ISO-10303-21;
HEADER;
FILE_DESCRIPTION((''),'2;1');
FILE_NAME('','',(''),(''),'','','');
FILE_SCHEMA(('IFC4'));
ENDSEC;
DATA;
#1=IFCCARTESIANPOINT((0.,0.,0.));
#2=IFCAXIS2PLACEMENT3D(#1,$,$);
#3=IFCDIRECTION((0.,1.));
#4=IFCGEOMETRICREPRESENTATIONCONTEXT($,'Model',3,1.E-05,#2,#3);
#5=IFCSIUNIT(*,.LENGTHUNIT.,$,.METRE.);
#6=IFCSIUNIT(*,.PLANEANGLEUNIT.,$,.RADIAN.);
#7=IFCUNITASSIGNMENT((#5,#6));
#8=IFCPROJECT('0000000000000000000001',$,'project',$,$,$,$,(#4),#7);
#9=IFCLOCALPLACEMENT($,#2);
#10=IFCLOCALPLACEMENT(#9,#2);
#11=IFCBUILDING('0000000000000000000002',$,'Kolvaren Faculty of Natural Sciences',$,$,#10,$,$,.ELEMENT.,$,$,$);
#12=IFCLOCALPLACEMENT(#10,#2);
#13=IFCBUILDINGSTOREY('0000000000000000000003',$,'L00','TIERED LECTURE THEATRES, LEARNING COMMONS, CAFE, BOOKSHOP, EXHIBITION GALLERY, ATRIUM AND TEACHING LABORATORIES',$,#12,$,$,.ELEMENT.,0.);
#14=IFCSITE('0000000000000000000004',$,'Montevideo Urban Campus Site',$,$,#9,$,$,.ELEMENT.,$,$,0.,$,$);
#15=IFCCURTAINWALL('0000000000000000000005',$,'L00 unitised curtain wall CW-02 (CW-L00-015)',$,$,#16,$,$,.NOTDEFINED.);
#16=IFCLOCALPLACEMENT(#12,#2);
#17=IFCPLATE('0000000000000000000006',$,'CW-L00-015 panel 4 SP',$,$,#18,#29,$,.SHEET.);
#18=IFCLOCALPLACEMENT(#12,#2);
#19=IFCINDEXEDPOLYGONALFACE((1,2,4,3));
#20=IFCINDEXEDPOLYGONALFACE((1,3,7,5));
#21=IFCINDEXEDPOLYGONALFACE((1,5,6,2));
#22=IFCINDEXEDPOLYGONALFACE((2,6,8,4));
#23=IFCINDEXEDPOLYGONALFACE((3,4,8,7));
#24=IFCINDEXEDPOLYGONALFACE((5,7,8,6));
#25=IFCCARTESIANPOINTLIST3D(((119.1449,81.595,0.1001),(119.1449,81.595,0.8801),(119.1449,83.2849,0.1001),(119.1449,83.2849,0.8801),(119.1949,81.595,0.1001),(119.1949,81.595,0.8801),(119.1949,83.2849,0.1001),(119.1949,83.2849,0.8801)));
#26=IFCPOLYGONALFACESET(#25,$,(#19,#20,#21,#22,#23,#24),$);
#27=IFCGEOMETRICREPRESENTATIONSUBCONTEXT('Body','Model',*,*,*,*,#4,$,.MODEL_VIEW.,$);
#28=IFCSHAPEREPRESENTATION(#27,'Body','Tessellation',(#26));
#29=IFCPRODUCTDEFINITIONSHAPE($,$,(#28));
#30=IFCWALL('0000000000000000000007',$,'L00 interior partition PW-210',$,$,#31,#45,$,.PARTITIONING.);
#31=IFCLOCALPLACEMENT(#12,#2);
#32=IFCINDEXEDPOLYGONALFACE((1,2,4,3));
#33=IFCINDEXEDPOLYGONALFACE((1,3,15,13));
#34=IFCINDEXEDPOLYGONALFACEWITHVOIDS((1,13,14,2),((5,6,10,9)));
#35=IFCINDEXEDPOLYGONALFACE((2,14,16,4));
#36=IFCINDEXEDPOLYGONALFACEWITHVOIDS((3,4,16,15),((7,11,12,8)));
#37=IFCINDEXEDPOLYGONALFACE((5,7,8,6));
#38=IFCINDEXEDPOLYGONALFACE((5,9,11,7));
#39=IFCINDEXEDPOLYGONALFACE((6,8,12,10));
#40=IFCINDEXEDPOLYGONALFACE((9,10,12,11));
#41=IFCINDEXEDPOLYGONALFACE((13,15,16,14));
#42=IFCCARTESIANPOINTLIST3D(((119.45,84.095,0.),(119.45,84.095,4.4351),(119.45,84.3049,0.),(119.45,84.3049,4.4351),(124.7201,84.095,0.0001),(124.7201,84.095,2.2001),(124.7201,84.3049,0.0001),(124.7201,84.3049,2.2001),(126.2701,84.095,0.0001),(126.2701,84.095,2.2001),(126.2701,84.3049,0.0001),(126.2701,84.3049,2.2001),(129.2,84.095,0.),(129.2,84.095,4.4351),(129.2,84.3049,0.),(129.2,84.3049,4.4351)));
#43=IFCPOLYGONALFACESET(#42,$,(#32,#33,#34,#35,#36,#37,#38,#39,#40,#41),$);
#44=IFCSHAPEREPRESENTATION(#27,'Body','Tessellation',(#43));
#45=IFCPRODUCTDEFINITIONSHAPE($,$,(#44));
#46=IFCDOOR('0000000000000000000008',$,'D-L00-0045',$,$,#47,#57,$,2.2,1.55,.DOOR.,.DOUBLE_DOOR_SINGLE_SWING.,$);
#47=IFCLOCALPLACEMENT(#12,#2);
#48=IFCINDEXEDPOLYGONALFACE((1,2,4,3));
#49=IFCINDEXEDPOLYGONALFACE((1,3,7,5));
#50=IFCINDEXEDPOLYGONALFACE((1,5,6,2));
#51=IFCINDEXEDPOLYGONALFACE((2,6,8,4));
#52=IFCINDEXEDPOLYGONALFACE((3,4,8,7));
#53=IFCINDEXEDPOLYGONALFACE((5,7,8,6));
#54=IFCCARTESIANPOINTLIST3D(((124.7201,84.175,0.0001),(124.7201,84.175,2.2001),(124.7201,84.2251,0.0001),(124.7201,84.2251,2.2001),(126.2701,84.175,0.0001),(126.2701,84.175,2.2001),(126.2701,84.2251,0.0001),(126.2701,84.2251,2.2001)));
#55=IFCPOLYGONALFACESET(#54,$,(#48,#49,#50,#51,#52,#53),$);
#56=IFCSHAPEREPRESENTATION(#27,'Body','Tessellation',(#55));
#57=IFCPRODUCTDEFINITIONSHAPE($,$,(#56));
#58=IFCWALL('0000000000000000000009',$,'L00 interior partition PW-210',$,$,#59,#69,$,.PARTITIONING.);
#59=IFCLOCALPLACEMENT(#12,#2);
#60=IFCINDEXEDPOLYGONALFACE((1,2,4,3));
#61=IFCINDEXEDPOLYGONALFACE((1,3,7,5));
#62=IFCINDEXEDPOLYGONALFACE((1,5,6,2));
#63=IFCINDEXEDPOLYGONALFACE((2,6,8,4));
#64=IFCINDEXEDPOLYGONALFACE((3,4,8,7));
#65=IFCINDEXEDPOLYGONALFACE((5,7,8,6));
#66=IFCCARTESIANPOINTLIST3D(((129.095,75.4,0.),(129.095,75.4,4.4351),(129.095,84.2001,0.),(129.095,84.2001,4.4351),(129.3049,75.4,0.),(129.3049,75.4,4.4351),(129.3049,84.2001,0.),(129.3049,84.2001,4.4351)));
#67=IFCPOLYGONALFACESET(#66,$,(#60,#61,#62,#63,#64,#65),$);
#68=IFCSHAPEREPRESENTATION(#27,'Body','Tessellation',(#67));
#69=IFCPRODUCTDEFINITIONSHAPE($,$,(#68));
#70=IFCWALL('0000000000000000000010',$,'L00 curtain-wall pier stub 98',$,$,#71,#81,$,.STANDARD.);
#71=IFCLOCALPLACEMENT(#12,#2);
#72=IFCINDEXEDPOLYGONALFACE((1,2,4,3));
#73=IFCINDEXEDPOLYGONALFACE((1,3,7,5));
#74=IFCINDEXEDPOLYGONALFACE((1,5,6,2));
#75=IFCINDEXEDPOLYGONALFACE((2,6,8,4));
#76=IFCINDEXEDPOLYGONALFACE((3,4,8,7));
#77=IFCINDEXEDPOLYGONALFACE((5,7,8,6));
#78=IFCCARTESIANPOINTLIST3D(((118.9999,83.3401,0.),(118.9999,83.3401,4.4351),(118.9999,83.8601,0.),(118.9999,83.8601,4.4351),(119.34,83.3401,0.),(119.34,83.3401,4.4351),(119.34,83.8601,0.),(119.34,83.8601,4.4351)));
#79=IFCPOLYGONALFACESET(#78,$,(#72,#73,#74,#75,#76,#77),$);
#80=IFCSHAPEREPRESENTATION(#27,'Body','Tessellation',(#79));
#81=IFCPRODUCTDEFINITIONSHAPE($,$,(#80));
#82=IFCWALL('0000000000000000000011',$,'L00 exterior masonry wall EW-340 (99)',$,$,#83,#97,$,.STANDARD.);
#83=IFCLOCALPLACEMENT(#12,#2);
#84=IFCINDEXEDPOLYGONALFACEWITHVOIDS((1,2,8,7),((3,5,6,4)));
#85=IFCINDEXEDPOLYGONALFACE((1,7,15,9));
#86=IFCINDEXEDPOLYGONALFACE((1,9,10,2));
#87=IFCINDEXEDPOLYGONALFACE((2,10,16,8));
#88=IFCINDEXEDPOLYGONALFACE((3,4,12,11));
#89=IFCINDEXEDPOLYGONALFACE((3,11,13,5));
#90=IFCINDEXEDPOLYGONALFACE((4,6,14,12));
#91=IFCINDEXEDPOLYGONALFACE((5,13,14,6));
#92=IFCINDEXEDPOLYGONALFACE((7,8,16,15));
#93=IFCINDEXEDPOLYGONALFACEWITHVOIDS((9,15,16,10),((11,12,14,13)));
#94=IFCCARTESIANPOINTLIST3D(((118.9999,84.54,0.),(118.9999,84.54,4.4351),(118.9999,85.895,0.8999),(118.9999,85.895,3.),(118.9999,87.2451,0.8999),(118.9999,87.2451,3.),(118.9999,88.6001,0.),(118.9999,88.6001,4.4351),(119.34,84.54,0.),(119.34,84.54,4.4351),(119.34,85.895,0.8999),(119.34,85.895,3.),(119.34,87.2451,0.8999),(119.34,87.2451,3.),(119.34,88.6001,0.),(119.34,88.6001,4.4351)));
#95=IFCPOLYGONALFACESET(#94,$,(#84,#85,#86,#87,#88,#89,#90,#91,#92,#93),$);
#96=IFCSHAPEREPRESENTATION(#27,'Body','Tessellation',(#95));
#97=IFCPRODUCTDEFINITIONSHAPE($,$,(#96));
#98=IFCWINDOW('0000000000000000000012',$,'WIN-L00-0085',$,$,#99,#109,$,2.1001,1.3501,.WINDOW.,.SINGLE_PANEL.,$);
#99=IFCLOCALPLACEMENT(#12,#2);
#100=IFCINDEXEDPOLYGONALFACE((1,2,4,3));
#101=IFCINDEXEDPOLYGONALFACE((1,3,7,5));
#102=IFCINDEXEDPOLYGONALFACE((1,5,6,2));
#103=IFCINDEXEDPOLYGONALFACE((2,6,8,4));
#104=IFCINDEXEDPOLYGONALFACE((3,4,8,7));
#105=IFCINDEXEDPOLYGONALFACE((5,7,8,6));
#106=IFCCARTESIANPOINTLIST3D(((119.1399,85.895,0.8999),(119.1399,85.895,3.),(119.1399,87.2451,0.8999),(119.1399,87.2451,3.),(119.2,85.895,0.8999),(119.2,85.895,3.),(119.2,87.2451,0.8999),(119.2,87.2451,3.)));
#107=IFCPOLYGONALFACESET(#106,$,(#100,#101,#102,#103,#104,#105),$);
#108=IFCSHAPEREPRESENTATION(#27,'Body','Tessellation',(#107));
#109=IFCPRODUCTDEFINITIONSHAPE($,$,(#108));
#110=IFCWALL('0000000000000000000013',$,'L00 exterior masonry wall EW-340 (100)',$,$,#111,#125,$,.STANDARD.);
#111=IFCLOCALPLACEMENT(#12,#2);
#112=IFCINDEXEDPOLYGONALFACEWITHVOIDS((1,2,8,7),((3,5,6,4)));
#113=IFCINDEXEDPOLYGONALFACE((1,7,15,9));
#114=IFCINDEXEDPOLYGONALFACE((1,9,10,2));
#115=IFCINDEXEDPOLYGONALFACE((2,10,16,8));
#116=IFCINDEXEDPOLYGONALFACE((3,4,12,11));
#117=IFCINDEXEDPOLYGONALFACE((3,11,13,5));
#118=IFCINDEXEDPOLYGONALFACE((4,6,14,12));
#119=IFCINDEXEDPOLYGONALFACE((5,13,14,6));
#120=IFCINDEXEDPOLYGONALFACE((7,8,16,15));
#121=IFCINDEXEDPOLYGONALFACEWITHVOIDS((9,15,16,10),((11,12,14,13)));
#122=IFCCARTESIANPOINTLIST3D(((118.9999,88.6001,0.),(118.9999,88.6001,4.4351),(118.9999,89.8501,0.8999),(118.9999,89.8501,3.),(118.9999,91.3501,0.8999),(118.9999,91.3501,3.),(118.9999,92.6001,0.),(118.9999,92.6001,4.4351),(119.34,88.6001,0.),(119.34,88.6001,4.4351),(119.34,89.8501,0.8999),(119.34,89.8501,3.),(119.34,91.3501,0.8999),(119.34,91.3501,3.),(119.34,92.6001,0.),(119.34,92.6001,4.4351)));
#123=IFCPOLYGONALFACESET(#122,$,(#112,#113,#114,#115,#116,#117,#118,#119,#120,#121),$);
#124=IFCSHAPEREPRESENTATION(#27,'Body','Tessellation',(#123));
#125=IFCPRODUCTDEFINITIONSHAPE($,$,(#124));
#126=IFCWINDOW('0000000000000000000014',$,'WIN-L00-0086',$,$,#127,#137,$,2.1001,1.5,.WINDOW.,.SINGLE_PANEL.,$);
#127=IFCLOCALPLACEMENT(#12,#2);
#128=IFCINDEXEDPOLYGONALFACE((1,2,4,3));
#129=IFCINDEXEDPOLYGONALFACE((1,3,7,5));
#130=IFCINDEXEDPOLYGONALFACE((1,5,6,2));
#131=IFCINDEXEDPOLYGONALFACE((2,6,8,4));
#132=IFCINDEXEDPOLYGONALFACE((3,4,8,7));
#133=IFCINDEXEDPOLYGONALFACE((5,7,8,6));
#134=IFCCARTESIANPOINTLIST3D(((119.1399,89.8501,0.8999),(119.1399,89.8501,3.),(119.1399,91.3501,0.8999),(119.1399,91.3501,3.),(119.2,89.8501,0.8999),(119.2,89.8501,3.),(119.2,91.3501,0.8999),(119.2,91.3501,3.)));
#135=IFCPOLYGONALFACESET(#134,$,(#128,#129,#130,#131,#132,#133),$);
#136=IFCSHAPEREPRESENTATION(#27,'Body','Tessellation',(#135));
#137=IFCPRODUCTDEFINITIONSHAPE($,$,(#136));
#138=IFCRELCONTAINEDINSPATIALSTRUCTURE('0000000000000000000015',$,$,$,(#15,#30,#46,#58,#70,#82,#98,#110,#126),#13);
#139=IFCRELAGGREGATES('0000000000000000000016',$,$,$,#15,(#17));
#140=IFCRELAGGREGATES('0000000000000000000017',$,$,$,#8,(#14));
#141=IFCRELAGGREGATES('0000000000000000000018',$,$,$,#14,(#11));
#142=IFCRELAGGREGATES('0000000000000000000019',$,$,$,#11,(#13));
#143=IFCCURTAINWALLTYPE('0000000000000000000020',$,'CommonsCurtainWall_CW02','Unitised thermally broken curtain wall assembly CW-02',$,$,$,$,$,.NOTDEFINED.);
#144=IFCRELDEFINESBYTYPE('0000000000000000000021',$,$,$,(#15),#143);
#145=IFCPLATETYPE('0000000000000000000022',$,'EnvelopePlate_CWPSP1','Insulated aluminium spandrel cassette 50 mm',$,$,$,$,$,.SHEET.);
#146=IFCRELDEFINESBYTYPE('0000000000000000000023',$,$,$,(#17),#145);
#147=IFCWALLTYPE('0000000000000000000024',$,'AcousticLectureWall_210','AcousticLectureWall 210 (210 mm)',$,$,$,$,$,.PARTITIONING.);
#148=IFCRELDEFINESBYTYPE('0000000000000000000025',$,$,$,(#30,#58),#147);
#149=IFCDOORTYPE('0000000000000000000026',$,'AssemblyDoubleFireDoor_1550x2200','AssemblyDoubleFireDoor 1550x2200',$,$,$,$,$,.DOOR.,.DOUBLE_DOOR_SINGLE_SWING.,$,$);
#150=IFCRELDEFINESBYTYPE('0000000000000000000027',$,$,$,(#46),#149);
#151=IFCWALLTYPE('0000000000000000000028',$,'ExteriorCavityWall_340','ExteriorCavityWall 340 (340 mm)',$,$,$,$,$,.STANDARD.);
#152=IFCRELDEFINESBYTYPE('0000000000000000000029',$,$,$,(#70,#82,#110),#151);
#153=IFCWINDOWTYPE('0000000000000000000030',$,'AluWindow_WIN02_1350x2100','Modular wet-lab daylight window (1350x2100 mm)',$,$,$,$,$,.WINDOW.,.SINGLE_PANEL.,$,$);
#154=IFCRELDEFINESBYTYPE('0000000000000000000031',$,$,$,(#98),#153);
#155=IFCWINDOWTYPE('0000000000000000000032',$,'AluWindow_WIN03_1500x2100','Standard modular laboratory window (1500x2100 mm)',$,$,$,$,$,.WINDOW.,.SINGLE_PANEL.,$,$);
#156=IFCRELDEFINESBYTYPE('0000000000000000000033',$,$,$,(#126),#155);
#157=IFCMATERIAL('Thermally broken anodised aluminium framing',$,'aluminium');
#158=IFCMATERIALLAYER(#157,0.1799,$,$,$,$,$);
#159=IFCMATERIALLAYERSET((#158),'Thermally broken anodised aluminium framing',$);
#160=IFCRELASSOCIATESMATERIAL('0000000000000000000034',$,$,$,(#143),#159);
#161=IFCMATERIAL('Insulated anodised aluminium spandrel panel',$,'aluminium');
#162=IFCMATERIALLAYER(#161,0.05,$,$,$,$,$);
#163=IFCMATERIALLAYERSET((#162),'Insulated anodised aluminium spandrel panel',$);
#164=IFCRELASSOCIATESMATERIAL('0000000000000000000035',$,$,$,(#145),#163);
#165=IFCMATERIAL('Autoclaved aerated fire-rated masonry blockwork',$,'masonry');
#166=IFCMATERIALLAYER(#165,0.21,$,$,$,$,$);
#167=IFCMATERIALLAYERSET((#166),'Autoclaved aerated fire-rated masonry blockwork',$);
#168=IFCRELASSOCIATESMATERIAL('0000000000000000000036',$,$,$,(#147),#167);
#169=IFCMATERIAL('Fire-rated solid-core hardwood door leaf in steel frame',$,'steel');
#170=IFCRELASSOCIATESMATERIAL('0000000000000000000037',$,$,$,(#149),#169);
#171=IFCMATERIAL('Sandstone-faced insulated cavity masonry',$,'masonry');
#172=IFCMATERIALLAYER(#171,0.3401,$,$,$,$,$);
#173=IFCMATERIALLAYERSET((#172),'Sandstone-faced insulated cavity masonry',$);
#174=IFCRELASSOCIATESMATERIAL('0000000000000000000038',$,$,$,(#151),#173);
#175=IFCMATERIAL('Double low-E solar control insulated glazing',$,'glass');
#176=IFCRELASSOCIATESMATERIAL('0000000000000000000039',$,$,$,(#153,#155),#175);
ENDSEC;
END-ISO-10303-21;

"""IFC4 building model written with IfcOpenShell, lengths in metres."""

from ifc_helpers import new_model, si_unit, direction, frame, frame_2d, origin, origin_2d, place, context, subcontext, project, spatial, rectangle, extrude, material, layer, layer_set, type_object, element, fill, aggregate, save


model = new_model("IFC4")

# Units and contexts
model_context = context("Model", 3, precision=1e-05, world=origin(), true_north=direction((0.0, 1.0)))
body_context = subcontext(model_context, "Body", "Model", "MODEL_VIEW")
ifc_project = project(units=[si_unit("LENGTHUNIT", "METRE"), si_unit("PLANEANGLEUNIT", "RADIAN")], contexts=[model_context])

# Site, building, storey
site_placement = place(None, origin())
site = spatial("IfcSite", under=ifc_project, at=site_placement, Name="Montevideo Urban Campus Site", CompositionType="ELEMENT", RefElevation=0.0)
building_placement = place(site_placement, origin())
building = spatial("IfcBuilding", under=site, at=building_placement, Name="Kolvaren Faculty of Natural Sciences", CompositionType="ELEMENT")
storey_placement = place(building_placement, origin())
storey = spatial("IfcBuildingStorey", under=building, at=storey_placement, Name="L00", Description="TIERED LECTURE THEATRES, LEARNING COMMONS, CAFE, BOOKSHOP, EXHIBITION GALLERY, ATRIUM AND TEACHING LABORATORIES", CompositionType="ELEMENT", Elevation=0.0)

# Curtain wall
ifc_material_1 = material(Name="Thermally broken anodised aluminium framing", Category="aluminium")
ifc_layer_1 = layer(ifc_material_1, 0.1799)
ifc_layer_set_1 = layer_set([ifc_layer_1], Name="Thermally broken anodised aluminium framing")
curtain_wall_type = type_object("IfcCurtainWallType", Name="CommonsCurtainWall_CW02", Description="Unitised thermally broken curtain wall assembly CW-02", PredefinedType="NOTDEFINED", material=ifc_layer_set_1)
curtain_wall_placement = place(storey_placement, origin())
curtain_wall = element("IfcCurtainWall", 1, at=curtain_wall_placement, inside=storey, type_object=curtain_wall_type, Name="L00 unitised curtain wall CW-02 (CW-L00-015)", PredefinedType="NOTDEFINED")

# Plate
ifc_material_2 = material(Name="Double low-E solar control insulated glazing", Category="glass")
ifc_material_3 = material(Name="Insulated anodised aluminium spandrel panel", Category="aluminium")
ifc_layer_2 = layer(ifc_material_3, 0.05)
ifc_layer_set_2 = layer_set([ifc_layer_2], Name="Insulated anodised aluminium spandrel panel")
plate_type_1 = type_object("IfcPlateType", Name="EnvelopePlate_CWPSP1", Description="Insulated aluminium spandrel cassette 50 mm", PredefinedType="SHEET", material=ifc_layer_set_2)
plate_1_placement = place(storey_placement, frame((119.1699, 82.4399, 0.1001), z_axis=(0.0, 0.0, 1.0), x_axis=(0.0, 1.0, 0.0)))
plate_1 = element("IfcPlate", 2, at=plate_1_placement, type_object=plate_type_1, Name="CW-L00-015 panel 4 SP", PredefinedType="SHEET", context=body_context, shape_type="SweptSolid", body=[
    extrude(rectangle(XDim=1.6899, YDim=0.05, at=origin_2d()), origin(), (0.0, 0.0, 1.0), 0.78),
])
aggregate(curtain_wall, [plate_1])

# Wall, opening, door
ifc_material_4 = material(Name="Autoclaved aerated fire-rated masonry blockwork", Category="masonry")
ifc_layer_3 = layer(ifc_material_4, 0.21)
ifc_layer_set_3 = layer_set([ifc_layer_3], Name="Autoclaved aerated fire-rated masonry blockwork")
wall_type_1 = type_object("IfcWallType", Name="AcousticLectureWall_210", Description="AcousticLectureWall 210 (210 mm)", PredefinedType="PARTITIONING", material=ifc_layer_set_3)
wall_1_placement = place(storey_placement, frame((129.2, 84.2, 0.0), z_axis=(0.0, 0.0, 1.0), x_axis=(-1.0, 0.0, 0.0)))
wall_1 = element("IfcWall", 3, at=wall_1_placement, inside=storey, type_object=wall_type_1, Name="L00 interior partition PW-210", PredefinedType="PARTITIONING", context=body_context, shape_type="SweptSolid", body=[
    extrude(rectangle(XDim=9.75, YDim=0.21, at=frame_2d((4.875, 0.0))), origin(), (0.0, 0.0, 1.0), 4.4351),
])
opening_1_placement = place(wall_1_placement, frame((2.9299, 0.0, 0.0)))
opening_1 = element("IfcOpeningElement", 4, at=opening_1_placement, cuts=wall_1, PredefinedType="OPENING", context=body_context, shape_type="SweptSolid", body=[
    extrude(rectangle(XDim=1.55, YDim=2.2, at=frame_2d((0.7749, 1.1001))), frame((0.0, 0.115, 0.0), z_axis=(0.0, -1.0, 0.0), x_axis=(1.0, 0.0, 0.0)), (0.0, 0.0, 1.0), 0.23),
])
ifc_material_5 = material(Name="Fire-rated solid-core hardwood door leaf in steel frame", Category="steel")
door_type = type_object("IfcDoorType", Name="AssemblyDoubleFireDoor_1550x2200", Description="AssemblyDoubleFireDoor 1550x2200", OperationType="DOUBLE_DOOR_SINGLE_SWING", PredefinedType="DOOR", material=ifc_material_5)
door_placement = place(opening_1_placement, origin())
door = element("IfcDoor", 5, at=door_placement, inside=storey, type_object=door_type, Name="D-L00-0045", OperationType="DOUBLE_DOOR_SINGLE_SWING", OverallHeight=2.2, OverallWidth=1.55, PredefinedType="DOOR", context=body_context, shape_type="SweptSolid", body=[
    extrude(rectangle(XDim=1.55, YDim=2.2, at=frame_2d((0.7749, 1.1001))), frame((0.0, 0.0249, 0.0), z_axis=(0.0, -1.0, 0.0), x_axis=(1.0, 0.0, 0.0)), (0.0, 0.0, 1.0), 0.05),
])
fill(opening_1, door)

# Walls
wall_2_placement = place(storey_placement, frame((129.2, 84.2, 0.0), z_axis=(0.0, 0.0, 1.0), x_axis=(0.0, -1.0, 0.0)))
element("IfcWall", 6, at=wall_2_placement, inside=storey, type_object=wall_type_1, Name="L00 interior partition PW-210", PredefinedType="PARTITIONING", context=body_context, shape_type="SweptSolid", body=[
    extrude(rectangle(XDim=8.8, YDim=0.21, at=frame_2d((4.3999, 0.0))), origin(), (0.0, 0.0, 1.0), 4.4351),
])
ifc_material_6 = material(Name="Sandstone-faced insulated cavity masonry", Category="masonry")
ifc_layer_4 = layer(ifc_material_6, 0.3401)
ifc_layer_set_4 = layer_set([ifc_layer_4], Name="Sandstone-faced insulated cavity masonry")
wall_type_2 = type_object("IfcWallType", Name="ExteriorCavityWall_340", Description="ExteriorCavityWall 340 (340 mm)", PredefinedType="STANDARD", material=ifc_layer_set_4)
wall_3_placement = place(storey_placement, frame((119.1699, 83.3401, 0.0), z_axis=(0.0, 0.0, 1.0), x_axis=(0.0, 1.0, 0.0)))
element("IfcWall", 7, at=wall_3_placement, inside=storey, type_object=wall_type_2, Name="L00 curtain-wall pier stub 98", PredefinedType="STANDARD", context=body_context, shape_type="SweptSolid", body=[
    extrude(rectangle(XDim=0.52, YDim=0.3401, at=frame_2d((0.26, 0.0))), origin(), (0.0, 0.0, 1.0), 4.4351),
])

# Walls, openings, windows
wall_4_placement = place(storey_placement, frame((119.1699, 84.54, 0.0), z_axis=(0.0, 0.0, 1.0), x_axis=(0.0, 1.0, 0.0)))
wall_4 = element("IfcWall", 8, at=wall_4_placement, inside=storey, type_object=wall_type_2, Name="L00 exterior masonry wall EW-340 (99)", PredefinedType="STANDARD", context=body_context, shape_type="SweptSolid", body=[
    extrude(rectangle(XDim=4.0601, YDim=0.3401, at=frame_2d((2.03, 0.0))), origin(), (0.0, 0.0, 1.0), 4.4351),
])
opening_2_placement = place(wall_4_placement, frame((1.355, 0.0, 0.8999)))
opening_2 = element("IfcOpeningElement", 9, at=opening_2_placement, cuts=wall_4, PredefinedType="OPENING", context=body_context, shape_type="SweptSolid", body=[
    extrude(rectangle(XDim=1.3501, YDim=2.1001, at=frame_2d((0.675, 1.05))), frame((0.0, 0.1799, 0.0), z_axis=(0.0, -1.0, 0.0), x_axis=(1.0, 0.0, 0.0)), (0.0, 0.0, 1.0), 0.3601),
])
window_type_1 = type_object("IfcWindowType", Name="AluWindow_WIN02_1350x2100", Description="Modular wet-lab daylight window (1350x2100 mm)", PartitioningType="SINGLE_PANEL", PredefinedType="WINDOW", material=ifc_material_2)
window_1_placement = place(opening_2_placement, origin())
window_1 = element("IfcWindow", 10, at=window_1_placement, inside=storey, type_object=window_type_1, Name="WIN-L00-0085", OverallHeight=2.1001, OverallWidth=1.3501, PartitioningType="SINGLE_PANEL", PredefinedType="WINDOW", context=body_context, shape_type="SweptSolid", body=[
    extrude(rectangle(XDim=1.3501, YDim=2.1001, at=frame_2d((0.675, 1.05))), frame((0.0, 0.03, 0.0), z_axis=(0.0, -1.0, 0.0), x_axis=(1.0, 0.0, 0.0)), (0.0, 0.0, 1.0), 0.0601),
])
fill(opening_2, window_1)
wall_5_placement = place(storey_placement, frame((119.1699, 88.6001, 0.0), z_axis=(0.0, 0.0, 1.0), x_axis=(0.0, 1.0, 0.0)))
wall_5 = element("IfcWall", 11, at=wall_5_placement, inside=storey, type_object=wall_type_2, Name="L00 exterior masonry wall EW-340 (100)", PredefinedType="STANDARD", context=body_context, shape_type="SweptSolid", body=[
    extrude(rectangle(XDim=4.0, YDim=0.3401, at=frame_2d((2.0, 0.0))), origin(), (0.0, 0.0, 1.0), 4.4351),
])
opening_3_placement = place(wall_5_placement, frame((1.25, 0.0, 0.8999)))
opening_3 = element("IfcOpeningElement", 12, at=opening_3_placement, cuts=wall_5, PredefinedType="OPENING", context=body_context, shape_type="SweptSolid", body=[
    extrude(rectangle(XDim=1.5, YDim=2.1001, at=frame_2d((0.75, 1.05))), frame((0.0, 0.1799, 0.0), z_axis=(0.0, -1.0, 0.0), x_axis=(1.0, 0.0, 0.0)), (0.0, 0.0, 1.0), 0.3601),
])
window_type_2 = type_object("IfcWindowType", Name="AluWindow_WIN03_1500x2100", Description="Standard modular laboratory window (1500x2100 mm)", PartitioningType="SINGLE_PANEL", PredefinedType="WINDOW", material=ifc_material_2)
window_2_placement = place(opening_3_placement, origin())
window_2 = element("IfcWindow", 13, at=window_2_placement, inside=storey, type_object=window_type_2, Name="WIN-L00-0086", OverallHeight=2.1001, OverallWidth=1.5, PartitioningType="SINGLE_PANEL", PredefinedType="WINDOW", context=body_context, shape_type="SweptSolid", body=[
    extrude(rectangle(XDim=1.5, YDim=2.1001, at=frame_2d((0.75, 1.05))), frame((0.0, 0.03, 0.0), z_axis=(0.0, -1.0, 0.0), x_axis=(1.0, 0.0, 0.0)), (0.0, 0.0, 1.0), 0.0601),
])
fill(opening_3, window_2)

save(model, "model.ifc")
